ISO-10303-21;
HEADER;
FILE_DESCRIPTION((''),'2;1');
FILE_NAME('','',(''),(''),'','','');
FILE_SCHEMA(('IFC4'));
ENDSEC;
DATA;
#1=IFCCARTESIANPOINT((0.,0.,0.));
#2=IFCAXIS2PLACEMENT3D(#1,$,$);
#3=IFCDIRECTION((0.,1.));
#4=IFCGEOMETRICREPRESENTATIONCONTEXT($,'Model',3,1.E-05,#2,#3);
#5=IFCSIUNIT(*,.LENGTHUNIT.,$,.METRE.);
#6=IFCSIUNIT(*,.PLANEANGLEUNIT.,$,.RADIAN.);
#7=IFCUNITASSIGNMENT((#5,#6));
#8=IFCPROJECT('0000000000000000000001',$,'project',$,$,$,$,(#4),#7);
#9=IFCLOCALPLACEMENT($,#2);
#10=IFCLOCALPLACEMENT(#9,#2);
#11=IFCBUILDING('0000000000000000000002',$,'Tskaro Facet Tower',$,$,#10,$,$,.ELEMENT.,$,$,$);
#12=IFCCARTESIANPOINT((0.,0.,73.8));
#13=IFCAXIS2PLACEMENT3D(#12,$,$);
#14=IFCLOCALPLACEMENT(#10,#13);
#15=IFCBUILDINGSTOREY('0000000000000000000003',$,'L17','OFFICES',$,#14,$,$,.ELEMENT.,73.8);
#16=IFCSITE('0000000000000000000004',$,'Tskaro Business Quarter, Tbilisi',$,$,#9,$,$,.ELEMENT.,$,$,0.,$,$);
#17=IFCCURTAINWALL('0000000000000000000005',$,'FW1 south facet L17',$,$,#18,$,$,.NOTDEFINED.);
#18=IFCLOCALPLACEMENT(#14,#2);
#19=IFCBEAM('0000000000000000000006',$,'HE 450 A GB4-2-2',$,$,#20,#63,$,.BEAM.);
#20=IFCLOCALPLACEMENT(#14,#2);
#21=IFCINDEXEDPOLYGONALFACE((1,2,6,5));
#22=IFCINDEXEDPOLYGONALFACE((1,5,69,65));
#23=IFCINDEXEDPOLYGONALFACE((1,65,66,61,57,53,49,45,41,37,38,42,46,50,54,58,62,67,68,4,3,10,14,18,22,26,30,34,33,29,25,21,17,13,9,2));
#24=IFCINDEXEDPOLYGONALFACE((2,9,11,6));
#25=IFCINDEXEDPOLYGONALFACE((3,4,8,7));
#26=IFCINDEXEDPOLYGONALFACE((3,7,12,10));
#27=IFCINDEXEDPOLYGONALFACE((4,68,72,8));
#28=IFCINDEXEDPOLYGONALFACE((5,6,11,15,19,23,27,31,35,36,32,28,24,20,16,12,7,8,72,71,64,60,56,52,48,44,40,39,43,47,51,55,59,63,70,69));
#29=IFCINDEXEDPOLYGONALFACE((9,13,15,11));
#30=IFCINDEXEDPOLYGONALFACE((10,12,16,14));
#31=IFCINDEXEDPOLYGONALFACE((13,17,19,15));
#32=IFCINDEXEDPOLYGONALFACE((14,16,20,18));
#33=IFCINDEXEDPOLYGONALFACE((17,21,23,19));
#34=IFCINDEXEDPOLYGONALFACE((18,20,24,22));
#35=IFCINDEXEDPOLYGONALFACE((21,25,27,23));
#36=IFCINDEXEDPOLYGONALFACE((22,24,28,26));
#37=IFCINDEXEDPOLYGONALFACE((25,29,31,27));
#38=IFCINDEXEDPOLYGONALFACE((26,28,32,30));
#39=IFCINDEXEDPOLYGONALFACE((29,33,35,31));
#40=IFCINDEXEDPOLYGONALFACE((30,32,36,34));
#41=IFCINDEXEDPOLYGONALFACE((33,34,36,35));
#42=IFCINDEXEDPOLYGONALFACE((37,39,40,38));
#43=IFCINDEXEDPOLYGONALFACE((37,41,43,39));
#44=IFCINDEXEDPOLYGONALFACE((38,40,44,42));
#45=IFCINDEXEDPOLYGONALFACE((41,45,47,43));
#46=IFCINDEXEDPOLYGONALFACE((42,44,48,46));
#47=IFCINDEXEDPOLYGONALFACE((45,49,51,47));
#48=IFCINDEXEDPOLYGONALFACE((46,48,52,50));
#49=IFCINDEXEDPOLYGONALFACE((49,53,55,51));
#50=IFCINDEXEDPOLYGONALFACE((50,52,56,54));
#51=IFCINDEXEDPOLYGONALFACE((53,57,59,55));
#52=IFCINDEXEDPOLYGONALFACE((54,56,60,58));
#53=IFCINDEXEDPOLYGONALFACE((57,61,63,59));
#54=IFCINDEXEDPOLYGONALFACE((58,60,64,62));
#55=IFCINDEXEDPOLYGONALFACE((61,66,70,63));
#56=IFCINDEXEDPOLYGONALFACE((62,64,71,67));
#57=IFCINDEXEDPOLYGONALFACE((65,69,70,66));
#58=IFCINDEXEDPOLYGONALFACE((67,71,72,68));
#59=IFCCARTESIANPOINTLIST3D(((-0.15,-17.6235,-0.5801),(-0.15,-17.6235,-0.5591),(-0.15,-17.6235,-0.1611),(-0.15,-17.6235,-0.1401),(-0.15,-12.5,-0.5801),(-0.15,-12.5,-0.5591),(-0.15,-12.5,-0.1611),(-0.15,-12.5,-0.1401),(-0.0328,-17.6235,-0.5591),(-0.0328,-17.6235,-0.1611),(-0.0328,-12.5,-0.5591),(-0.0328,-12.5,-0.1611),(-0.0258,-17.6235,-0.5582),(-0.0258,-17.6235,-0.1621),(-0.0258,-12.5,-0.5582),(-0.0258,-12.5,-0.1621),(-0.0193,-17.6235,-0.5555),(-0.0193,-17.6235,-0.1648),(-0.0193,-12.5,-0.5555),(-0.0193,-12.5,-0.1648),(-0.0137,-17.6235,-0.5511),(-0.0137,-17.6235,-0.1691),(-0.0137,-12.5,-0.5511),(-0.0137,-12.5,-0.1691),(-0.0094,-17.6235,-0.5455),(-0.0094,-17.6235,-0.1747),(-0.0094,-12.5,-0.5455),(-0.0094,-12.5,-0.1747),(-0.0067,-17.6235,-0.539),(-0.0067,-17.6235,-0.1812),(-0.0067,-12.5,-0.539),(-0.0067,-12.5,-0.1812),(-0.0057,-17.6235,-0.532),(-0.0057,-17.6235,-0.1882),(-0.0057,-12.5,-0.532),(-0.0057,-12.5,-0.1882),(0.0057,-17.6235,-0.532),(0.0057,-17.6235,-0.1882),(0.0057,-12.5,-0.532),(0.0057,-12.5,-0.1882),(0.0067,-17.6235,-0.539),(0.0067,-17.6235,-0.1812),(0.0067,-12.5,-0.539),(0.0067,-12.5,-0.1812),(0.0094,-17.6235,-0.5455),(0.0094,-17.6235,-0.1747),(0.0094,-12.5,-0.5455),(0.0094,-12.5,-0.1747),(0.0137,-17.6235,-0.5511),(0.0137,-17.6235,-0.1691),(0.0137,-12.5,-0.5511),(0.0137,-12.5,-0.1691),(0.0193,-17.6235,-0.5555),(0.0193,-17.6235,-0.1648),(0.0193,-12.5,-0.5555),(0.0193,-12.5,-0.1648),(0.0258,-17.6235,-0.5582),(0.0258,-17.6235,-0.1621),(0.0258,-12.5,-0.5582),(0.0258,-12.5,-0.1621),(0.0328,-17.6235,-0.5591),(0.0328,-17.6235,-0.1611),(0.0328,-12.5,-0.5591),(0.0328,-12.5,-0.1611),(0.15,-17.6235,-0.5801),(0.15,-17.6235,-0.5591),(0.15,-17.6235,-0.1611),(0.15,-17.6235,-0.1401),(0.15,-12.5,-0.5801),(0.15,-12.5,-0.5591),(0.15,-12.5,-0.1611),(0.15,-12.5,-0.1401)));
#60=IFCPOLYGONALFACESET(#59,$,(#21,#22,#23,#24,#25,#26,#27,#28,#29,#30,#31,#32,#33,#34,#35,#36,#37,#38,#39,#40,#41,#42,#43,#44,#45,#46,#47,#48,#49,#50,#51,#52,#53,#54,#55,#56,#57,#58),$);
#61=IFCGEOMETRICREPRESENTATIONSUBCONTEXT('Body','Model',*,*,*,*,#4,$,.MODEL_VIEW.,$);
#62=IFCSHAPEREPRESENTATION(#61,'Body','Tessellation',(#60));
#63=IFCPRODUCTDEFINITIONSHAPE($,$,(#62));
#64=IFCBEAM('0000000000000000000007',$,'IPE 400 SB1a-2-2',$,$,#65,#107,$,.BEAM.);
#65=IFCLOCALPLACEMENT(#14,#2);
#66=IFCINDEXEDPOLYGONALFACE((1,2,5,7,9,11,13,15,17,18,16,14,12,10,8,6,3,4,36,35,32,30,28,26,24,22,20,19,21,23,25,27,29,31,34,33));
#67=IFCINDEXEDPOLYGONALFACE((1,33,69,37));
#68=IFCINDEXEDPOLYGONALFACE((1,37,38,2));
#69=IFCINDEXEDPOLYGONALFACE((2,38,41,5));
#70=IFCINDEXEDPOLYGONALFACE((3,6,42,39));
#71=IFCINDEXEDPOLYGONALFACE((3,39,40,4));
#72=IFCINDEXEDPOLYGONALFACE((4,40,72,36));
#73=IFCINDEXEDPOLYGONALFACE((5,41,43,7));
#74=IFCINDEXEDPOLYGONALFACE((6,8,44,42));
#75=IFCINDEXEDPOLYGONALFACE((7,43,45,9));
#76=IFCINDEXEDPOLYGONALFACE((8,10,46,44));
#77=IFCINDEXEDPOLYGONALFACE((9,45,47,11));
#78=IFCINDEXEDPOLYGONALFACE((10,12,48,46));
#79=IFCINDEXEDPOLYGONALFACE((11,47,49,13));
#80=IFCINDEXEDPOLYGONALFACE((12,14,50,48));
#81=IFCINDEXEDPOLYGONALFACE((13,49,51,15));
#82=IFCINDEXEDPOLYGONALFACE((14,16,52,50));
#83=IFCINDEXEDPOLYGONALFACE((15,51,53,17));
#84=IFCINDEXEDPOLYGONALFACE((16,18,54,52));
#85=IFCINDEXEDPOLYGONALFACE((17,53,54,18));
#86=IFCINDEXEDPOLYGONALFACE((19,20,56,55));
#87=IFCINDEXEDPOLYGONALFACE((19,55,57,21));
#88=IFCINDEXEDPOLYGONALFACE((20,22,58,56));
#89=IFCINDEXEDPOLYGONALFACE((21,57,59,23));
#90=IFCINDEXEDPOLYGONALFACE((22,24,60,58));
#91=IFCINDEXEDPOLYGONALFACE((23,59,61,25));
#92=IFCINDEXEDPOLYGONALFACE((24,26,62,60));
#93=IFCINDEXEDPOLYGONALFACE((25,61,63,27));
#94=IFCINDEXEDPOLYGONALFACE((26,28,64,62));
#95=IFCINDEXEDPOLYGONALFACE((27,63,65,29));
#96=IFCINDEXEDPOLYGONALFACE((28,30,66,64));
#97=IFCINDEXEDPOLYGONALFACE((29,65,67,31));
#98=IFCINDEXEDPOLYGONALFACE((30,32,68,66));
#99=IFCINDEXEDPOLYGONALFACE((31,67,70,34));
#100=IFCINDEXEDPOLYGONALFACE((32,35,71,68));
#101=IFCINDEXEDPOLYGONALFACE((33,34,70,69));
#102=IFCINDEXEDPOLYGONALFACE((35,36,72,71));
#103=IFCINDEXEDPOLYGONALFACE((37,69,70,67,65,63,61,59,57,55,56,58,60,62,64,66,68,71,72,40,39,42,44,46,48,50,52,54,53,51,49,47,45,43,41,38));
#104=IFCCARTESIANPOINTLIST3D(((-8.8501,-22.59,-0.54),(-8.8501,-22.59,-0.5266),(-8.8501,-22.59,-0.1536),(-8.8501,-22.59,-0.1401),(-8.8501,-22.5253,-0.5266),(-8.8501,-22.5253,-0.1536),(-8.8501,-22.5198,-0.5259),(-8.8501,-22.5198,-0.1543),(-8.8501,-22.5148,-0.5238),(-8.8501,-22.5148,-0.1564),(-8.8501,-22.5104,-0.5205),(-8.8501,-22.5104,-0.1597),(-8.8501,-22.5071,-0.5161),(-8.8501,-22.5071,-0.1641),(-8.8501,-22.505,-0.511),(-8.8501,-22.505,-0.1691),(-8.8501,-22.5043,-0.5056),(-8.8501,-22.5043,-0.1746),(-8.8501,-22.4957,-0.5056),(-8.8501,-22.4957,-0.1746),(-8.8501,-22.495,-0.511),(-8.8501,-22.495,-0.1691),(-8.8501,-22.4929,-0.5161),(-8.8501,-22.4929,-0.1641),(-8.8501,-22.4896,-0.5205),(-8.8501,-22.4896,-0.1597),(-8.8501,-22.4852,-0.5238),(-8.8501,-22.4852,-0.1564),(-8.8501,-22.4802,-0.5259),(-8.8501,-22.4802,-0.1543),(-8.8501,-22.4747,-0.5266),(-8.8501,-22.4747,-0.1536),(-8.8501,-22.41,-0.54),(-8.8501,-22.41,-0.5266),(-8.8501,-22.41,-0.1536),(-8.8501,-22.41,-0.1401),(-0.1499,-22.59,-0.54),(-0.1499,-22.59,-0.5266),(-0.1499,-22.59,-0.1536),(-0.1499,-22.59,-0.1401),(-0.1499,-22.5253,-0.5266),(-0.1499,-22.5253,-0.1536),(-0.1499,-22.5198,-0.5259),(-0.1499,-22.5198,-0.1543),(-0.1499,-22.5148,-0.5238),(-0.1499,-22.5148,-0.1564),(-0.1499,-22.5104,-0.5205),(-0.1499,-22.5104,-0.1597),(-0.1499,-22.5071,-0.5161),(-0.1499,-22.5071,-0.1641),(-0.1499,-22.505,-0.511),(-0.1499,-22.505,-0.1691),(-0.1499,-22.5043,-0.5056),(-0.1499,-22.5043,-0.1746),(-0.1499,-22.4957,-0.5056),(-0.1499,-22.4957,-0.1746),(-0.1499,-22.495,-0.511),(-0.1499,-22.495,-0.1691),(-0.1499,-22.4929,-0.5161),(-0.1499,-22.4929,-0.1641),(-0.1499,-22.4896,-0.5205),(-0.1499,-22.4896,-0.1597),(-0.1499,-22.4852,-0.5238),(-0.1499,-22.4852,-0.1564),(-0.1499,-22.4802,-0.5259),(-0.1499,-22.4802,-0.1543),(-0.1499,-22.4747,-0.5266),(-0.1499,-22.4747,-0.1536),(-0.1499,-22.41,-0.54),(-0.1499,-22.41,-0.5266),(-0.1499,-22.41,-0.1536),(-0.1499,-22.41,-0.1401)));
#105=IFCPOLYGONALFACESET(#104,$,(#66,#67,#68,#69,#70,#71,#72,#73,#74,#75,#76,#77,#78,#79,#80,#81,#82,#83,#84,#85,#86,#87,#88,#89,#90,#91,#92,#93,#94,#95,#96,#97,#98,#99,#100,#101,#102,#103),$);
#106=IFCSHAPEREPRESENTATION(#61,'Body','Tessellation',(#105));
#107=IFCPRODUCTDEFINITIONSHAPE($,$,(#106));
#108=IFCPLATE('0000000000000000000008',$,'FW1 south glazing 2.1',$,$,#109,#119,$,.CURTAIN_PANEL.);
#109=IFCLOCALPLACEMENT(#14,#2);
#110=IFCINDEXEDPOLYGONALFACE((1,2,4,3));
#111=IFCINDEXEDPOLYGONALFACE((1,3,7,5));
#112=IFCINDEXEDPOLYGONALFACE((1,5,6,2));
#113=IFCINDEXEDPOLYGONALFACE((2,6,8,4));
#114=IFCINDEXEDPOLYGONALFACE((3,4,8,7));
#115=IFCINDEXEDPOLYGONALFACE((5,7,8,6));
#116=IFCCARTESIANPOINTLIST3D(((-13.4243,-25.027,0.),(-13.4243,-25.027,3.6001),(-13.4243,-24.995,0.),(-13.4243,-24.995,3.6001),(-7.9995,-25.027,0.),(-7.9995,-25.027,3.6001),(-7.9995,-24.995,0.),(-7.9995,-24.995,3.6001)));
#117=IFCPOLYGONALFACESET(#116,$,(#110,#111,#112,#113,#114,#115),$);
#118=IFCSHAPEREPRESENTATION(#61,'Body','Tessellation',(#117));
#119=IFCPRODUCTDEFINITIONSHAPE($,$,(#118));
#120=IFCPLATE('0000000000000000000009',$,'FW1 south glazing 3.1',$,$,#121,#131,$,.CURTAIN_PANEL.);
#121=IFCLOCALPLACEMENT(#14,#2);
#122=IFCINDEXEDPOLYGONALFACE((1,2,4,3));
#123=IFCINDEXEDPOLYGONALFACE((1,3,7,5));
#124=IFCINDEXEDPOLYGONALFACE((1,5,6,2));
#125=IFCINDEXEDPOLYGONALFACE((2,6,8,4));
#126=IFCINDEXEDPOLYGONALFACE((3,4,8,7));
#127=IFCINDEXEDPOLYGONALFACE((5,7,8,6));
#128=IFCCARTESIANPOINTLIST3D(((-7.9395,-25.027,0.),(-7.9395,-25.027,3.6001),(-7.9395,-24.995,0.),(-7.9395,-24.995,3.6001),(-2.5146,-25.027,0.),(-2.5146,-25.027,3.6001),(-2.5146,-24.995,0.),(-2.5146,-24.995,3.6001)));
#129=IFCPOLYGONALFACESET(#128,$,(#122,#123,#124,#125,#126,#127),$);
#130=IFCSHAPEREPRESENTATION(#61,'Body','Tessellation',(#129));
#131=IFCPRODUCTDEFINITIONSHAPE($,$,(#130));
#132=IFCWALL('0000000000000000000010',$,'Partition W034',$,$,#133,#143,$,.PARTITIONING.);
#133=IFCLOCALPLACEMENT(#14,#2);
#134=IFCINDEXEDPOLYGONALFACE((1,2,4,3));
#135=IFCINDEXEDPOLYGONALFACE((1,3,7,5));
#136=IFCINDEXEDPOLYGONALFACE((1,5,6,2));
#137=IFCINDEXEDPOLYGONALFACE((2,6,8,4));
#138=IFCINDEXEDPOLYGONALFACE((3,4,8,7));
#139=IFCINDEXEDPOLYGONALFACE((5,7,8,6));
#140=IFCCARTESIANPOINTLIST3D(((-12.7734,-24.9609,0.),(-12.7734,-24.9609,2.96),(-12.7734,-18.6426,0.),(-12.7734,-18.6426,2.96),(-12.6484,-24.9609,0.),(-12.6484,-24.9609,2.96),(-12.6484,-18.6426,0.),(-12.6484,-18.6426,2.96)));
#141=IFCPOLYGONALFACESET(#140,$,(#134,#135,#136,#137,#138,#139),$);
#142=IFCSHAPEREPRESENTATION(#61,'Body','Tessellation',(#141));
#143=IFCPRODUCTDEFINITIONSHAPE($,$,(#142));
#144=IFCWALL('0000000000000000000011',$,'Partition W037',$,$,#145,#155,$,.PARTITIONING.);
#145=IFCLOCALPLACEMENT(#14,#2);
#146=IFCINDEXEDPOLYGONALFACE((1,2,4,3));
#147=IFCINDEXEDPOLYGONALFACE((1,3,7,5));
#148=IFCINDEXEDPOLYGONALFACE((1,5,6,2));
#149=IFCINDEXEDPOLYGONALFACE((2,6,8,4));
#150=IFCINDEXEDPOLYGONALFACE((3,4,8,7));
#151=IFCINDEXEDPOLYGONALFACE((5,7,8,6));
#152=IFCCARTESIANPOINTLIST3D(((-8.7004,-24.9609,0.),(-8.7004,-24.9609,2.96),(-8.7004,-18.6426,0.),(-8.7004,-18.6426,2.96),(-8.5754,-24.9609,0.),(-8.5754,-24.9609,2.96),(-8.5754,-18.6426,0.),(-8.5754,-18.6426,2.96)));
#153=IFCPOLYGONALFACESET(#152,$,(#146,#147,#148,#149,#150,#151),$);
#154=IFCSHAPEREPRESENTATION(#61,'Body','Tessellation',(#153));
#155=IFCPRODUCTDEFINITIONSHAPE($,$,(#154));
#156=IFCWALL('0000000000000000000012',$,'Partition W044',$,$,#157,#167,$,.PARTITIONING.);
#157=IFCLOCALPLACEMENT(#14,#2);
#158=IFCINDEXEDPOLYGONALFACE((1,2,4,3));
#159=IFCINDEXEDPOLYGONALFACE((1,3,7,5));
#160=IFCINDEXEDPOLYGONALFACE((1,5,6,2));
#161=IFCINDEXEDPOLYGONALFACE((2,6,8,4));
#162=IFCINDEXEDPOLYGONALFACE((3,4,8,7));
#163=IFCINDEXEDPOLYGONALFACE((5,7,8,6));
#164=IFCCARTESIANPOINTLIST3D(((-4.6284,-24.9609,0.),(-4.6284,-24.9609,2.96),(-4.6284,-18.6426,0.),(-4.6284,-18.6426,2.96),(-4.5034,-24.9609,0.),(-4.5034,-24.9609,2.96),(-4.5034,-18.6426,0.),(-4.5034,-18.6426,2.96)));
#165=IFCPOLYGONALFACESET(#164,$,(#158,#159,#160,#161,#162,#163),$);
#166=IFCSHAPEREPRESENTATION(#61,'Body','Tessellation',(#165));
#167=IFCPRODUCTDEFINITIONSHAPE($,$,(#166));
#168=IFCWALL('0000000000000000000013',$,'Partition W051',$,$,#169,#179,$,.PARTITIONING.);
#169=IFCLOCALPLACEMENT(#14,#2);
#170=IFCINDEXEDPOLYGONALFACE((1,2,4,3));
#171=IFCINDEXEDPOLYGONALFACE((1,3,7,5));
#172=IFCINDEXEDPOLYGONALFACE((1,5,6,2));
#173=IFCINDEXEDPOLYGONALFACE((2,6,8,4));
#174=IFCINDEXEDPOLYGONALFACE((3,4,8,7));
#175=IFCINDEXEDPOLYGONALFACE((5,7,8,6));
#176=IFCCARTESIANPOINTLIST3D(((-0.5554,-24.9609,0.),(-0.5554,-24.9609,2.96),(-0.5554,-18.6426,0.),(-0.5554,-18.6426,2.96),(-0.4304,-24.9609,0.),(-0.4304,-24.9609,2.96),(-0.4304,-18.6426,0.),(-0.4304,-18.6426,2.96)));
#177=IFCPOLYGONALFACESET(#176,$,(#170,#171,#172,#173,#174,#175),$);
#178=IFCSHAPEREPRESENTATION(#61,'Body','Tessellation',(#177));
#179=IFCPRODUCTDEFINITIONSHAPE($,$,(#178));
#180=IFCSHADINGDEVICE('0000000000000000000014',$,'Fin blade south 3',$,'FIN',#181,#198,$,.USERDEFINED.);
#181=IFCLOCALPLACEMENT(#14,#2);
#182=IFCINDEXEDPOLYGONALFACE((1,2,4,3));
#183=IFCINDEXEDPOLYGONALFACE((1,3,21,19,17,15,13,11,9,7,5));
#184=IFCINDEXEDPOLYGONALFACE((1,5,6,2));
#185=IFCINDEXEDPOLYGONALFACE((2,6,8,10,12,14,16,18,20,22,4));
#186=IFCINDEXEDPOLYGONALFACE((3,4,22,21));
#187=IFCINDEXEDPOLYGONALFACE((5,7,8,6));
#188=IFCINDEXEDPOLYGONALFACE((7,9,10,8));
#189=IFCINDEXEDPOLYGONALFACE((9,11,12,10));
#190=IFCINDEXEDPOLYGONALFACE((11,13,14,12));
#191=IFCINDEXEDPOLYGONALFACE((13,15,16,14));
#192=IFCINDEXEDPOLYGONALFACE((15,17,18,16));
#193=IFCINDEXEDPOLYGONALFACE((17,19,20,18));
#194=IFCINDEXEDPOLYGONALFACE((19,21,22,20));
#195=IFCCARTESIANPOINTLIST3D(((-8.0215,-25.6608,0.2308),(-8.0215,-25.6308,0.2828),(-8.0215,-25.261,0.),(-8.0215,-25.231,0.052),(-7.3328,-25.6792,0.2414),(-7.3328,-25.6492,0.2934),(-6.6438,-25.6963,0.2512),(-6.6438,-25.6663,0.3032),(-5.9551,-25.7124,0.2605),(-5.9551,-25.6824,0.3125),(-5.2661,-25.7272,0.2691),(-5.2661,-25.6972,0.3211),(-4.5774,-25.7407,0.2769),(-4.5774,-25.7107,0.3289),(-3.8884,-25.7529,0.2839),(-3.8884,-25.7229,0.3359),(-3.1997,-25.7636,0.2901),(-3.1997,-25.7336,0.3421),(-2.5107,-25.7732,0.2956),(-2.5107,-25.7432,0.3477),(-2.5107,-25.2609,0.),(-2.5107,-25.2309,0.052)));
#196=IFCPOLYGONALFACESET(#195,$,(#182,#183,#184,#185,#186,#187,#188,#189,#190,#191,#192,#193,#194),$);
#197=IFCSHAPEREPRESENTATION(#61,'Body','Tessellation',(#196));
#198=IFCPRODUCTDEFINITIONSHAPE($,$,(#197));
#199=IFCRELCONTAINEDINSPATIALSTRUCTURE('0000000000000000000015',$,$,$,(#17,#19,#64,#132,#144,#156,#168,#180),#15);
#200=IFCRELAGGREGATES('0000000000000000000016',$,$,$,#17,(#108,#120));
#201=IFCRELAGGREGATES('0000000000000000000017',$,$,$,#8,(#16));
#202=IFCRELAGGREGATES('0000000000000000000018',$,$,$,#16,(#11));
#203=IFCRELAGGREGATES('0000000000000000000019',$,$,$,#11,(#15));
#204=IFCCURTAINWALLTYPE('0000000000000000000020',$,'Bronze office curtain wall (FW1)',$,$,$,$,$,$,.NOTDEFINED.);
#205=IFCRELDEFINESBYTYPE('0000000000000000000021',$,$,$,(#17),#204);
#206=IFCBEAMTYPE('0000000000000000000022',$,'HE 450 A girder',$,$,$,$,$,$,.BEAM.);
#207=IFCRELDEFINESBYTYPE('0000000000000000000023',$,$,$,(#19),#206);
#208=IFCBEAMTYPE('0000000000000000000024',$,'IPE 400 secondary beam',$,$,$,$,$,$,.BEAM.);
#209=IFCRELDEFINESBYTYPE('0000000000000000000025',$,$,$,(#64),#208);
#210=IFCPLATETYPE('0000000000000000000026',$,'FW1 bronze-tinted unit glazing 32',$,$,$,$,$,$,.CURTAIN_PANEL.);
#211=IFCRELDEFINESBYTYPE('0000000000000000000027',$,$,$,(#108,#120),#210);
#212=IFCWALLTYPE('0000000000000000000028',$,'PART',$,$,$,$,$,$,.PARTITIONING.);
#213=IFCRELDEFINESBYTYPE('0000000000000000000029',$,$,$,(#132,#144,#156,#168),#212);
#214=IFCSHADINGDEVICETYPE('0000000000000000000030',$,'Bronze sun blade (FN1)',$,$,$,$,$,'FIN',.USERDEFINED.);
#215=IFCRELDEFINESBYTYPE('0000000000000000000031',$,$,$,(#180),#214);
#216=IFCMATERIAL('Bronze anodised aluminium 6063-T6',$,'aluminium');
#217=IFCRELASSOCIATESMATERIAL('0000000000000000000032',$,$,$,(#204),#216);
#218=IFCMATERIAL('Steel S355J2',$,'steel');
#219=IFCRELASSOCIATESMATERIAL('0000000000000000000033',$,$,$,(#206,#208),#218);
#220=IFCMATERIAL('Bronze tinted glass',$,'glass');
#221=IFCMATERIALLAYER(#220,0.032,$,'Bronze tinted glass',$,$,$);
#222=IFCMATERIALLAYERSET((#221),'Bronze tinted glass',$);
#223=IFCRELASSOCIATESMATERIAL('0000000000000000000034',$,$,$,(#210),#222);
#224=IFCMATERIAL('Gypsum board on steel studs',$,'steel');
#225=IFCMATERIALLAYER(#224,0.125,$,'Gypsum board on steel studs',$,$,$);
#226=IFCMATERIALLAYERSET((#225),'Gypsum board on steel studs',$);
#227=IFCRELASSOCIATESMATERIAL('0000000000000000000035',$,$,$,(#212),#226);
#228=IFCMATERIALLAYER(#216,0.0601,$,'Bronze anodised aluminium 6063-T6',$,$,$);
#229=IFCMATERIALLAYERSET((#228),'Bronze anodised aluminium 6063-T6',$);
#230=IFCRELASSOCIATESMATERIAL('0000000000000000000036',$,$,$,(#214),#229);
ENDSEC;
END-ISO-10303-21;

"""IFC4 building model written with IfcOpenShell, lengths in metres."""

from ifc_helpers import new_model, si_unit, direction, frame, frame_2d, origin, origin_2d, place, context, subcontext, project, spatial, polyline, rectangle, i_section, outline, extrude, material, layer, layer_set, material_profile, profile_set, type_object, element, aggregate, save


model = new_model("IFC4")

# Units and contexts
model_context = context("Model", 3, precision=1e-05, world=origin(), true_north=direction((0.0, 1.0)))
body_context = subcontext(model_context, "Body", "Model", "MODEL_VIEW")
ifc_project = project(units=[si_unit("LENGTHUNIT", "METRE"), si_unit("PLANEANGLEUNIT", "RADIAN")], contexts=[model_context])

# Site, building, storey
site_placement = place(None, origin())
site = spatial("IfcSite", under=ifc_project, at=site_placement, Name="Tskaro Business Quarter, Tbilisi", CompositionType="ELEMENT", RefElevation=0.0)
building_placement = place(site_placement, origin())
building = spatial("IfcBuilding", under=site, at=building_placement, Name="Tskaro Facet Tower", CompositionType="ELEMENT")
storey_placement = place(building_placement, frame((0.0, 0.0, 73.8)))
storey = spatial("IfcBuildingStorey", under=building, at=storey_placement, Name="L17", Description="OFFICES", CompositionType="ELEMENT", Elevation=73.8)

# Curtain wall
ifc_material_1 = material(Name="Bronze anodised aluminium 6063-T6", Category="aluminium")
curtain_wall_type = type_object("IfcCurtainWallType", Name="Bronze office curtain wall (FW1)", PredefinedType="NOTDEFINED", material=ifc_material_1)
curtain_wall_placement = place(storey_placement, origin())
curtain_wall = element("IfcCurtainWall", 1, at=curtain_wall_placement, inside=storey, type_object=curtain_wall_type, Name="FW1 south facet L17", PredefinedType="NOTDEFINED")

# Beams
ifc_material_2 = material(Name="Steel S355J2", Category="steel")
ifc_material_profile_1 = material_profile(ifc_material_2, i_section(OverallWidth=0.3, OverallDepth=0.4399, WebThickness=0.0115, FlangeThickness=0.021, FilletRadius=0.0271, at=origin_2d()), Name="HE 450 A")
ifc_profile_set_1 = profile_set([ifc_material_profile_1], Name="Steel S355J2")
beam_type_1 = type_object("IfcBeamType", Name="HE 450 A girder", PredefinedType="BEAM", material=ifc_profile_set_1)
beam_1_placement = place(storey_placement, frame((0.0, -17.6235, -0.3601), z_axis=(0.0, 1.0, 0.0), x_axis=(-1.0, 0.0, 0.0)))
element("IfcBeam", 2, at=beam_1_placement, inside=storey, type_object=beam_type_1, Name="HE 450 A GB4-2-2", PredefinedType="BEAM", context=body_context, shape_type="SweptSolid", body=[
    extrude(i_section(OverallWidth=0.3, OverallDepth=0.4399, WebThickness=0.0115, FlangeThickness=0.021, FilletRadius=0.0271, at=origin_2d()), origin(), (0.0, 0.0, 1.0), 5.1235),
])
ifc_material_profile_2 = material_profile(ifc_material_2, i_section(OverallWidth=0.1799, OverallDepth=0.3999, WebThickness=0.0085, FlangeThickness=0.0134, FilletRadius=0.021, at=origin_2d()), Name="IPE 400")
ifc_profile_set_2 = profile_set([ifc_material_profile_2], Name="Steel S355J2")
beam_type_2 = type_object("IfcBeamType", Name="IPE 400 secondary beam", PredefinedType="BEAM", material=ifc_profile_set_2)
beam_2_placement = place(storey_placement, frame((-8.8501, -22.5, -0.3401), z_axis=(1.0, 0.0, 0.0), x_axis=(0.0, 1.0, 0.0)))
element("IfcBeam", 3, at=beam_2_placement, inside=storey, type_object=beam_type_2, Name="IPE 400 SB1a-2-2", PredefinedType="BEAM", context=body_context, shape_type="SweptSolid", body=[
    extrude(i_section(OverallWidth=0.1799, OverallDepth=0.3999, WebThickness=0.0085, FlangeThickness=0.0134, FilletRadius=0.021, at=origin_2d()), origin(), (0.0, 0.0, 1.0), 8.7002),
])

# Plates
ifc_material_3 = material(Name="Bronze tinted glass", Category="glass")
ifc_layer_1 = layer(ifc_material_3, 0.032, Name="Bronze tinted glass")
ifc_layer_set_1 = layer_set([ifc_layer_1], Name="Bronze tinted glass")
plate_type = type_object("IfcPlateType", Name="FW1 bronze-tinted unit glazing 32", PredefinedType="CURTAIN_PANEL", material=ifc_layer_set_1)
plate_1_placement = place(storey_placement, frame((-10.7119, -25.011, 0.0), z_axis=(0.0, 0.0, 1.0), x_axis=(1.0, 0.0, 0.0)))
plate_1 = element("IfcPlate", 4, at=plate_1_placement, type_object=plate_type, Name="FW1 south glazing 2.1", PredefinedType="CURTAIN_PANEL", context=body_context, shape_type="SweptSolid", body=[
    extrude(rectangle(XDim=5.4248, YDim=0.032, at=origin_2d()), origin(), (0.0, 0.0, 1.0), 3.6001),
])
plate_2_placement = place(storey_placement, frame((-5.2271, -25.011, 0.0), z_axis=(0.0, 0.0, 1.0), x_axis=(1.0, 0.0, 0.0)))
plate_2 = element("IfcPlate", 5, at=plate_2_placement, type_object=plate_type, Name="FW1 south glazing 3.1", PredefinedType="CURTAIN_PANEL", context=body_context, shape_type="SweptSolid", body=[
    extrude(rectangle(XDim=5.4248, YDim=0.032, at=origin_2d()), origin(), (0.0, 0.0, 1.0), 3.6001),
])
aggregate(curtain_wall, [plate_1, plate_2])

# Walls
ifc_material_4 = material(Name="Gypsum board on steel studs", Category="steel")
ifc_layer_2 = layer(ifc_material_4, 0.125, Name="Gypsum board on steel studs")
ifc_layer_set_2 = layer_set([ifc_layer_2], Name="Gypsum board on steel studs")
wall_type = type_object("IfcWallType", Name="PART", PredefinedType="PARTITIONING", material=ifc_layer_set_2)
for number, where, z_axis, x_axis, name in (
    (6, (-12.7109, -24.9609, 0.0), (0.0, 0.0, 1.0), (0.0, 1.0, 0.0), "Partition W034"),
    (7, (-8.6379, -24.9609, 0.0), (0.0, 0.0, 1.0), (0.0, 1.0, 0.0), "Partition W037"),
    (8, (-4.5659, -24.9609, 0.0), (0.0, 0.0, 1.0), (0.0, 1.0, 0.0), "Partition W044"),
    (9, (-0.4929, -24.9609, 0.0), (0.0, 0.0, 1.0), (0.0, 1.0, 0.0), "Partition W051"),
):
    element("IfcWall", number, at=place(storey_placement, frame(where, z_axis=z_axis, x_axis=x_axis)), inside=storey, type_object=wall_type, Name=name, PredefinedType="PARTITIONING", context=body_context, shape_type="SweptSolid", body=[
        extrude(rectangle(XDim=6.3184, YDim=0.125, at=frame_2d((3.1592, 0.0))), origin(), (0.0, 0.0, 1.0), 2.96),
    ])

# Shading device
ifc_layer_3 = layer(ifc_material_1, 0.0601, Name="Bronze anodised aluminium 6063-T6")
ifc_layer_set_3 = layer_set([ifc_layer_3], Name="Bronze anodised aluminium 6063-T6")
shading_device_type = type_object("IfcShadingDeviceType", Name="Bronze sun blade (FN1)", ElementType="FIN", PredefinedType="USERDEFINED", material=ifc_layer_set_3)
shading_device_1_placement = place(storey_placement, frame((-8.0215, -25.231, 0.052), z_axis=(-0.00001, 0.499838, 0.866119), x_axis=(1.0, 0.000005, 0.000009)))
element("IfcShadingDevice", 10, at=shading_device_1_placement, inside=storey, type_object=shading_device_type, Name="Fin blade south 3", ObjectType="FIN", PredefinedType="USERDEFINED", context=body_context, shape_type="SweptSolid", body=[
    extrude(outline(polyline([(0.0, 0.0), (5.5107, 0.0), (5.5107, -0.5914), (4.8218, -0.5804), (4.1331, -0.568), (3.4441, -0.5539), (2.7554, -0.5384), (2.0664, -0.5212), (1.3777, -0.5026), (0.6887, -0.4829), (0.0, -0.4617), (0.0, 0.0)])), origin(), (0.0, 0.0, -1.0), 0.0601),
])

save(model, "model.ifc")
